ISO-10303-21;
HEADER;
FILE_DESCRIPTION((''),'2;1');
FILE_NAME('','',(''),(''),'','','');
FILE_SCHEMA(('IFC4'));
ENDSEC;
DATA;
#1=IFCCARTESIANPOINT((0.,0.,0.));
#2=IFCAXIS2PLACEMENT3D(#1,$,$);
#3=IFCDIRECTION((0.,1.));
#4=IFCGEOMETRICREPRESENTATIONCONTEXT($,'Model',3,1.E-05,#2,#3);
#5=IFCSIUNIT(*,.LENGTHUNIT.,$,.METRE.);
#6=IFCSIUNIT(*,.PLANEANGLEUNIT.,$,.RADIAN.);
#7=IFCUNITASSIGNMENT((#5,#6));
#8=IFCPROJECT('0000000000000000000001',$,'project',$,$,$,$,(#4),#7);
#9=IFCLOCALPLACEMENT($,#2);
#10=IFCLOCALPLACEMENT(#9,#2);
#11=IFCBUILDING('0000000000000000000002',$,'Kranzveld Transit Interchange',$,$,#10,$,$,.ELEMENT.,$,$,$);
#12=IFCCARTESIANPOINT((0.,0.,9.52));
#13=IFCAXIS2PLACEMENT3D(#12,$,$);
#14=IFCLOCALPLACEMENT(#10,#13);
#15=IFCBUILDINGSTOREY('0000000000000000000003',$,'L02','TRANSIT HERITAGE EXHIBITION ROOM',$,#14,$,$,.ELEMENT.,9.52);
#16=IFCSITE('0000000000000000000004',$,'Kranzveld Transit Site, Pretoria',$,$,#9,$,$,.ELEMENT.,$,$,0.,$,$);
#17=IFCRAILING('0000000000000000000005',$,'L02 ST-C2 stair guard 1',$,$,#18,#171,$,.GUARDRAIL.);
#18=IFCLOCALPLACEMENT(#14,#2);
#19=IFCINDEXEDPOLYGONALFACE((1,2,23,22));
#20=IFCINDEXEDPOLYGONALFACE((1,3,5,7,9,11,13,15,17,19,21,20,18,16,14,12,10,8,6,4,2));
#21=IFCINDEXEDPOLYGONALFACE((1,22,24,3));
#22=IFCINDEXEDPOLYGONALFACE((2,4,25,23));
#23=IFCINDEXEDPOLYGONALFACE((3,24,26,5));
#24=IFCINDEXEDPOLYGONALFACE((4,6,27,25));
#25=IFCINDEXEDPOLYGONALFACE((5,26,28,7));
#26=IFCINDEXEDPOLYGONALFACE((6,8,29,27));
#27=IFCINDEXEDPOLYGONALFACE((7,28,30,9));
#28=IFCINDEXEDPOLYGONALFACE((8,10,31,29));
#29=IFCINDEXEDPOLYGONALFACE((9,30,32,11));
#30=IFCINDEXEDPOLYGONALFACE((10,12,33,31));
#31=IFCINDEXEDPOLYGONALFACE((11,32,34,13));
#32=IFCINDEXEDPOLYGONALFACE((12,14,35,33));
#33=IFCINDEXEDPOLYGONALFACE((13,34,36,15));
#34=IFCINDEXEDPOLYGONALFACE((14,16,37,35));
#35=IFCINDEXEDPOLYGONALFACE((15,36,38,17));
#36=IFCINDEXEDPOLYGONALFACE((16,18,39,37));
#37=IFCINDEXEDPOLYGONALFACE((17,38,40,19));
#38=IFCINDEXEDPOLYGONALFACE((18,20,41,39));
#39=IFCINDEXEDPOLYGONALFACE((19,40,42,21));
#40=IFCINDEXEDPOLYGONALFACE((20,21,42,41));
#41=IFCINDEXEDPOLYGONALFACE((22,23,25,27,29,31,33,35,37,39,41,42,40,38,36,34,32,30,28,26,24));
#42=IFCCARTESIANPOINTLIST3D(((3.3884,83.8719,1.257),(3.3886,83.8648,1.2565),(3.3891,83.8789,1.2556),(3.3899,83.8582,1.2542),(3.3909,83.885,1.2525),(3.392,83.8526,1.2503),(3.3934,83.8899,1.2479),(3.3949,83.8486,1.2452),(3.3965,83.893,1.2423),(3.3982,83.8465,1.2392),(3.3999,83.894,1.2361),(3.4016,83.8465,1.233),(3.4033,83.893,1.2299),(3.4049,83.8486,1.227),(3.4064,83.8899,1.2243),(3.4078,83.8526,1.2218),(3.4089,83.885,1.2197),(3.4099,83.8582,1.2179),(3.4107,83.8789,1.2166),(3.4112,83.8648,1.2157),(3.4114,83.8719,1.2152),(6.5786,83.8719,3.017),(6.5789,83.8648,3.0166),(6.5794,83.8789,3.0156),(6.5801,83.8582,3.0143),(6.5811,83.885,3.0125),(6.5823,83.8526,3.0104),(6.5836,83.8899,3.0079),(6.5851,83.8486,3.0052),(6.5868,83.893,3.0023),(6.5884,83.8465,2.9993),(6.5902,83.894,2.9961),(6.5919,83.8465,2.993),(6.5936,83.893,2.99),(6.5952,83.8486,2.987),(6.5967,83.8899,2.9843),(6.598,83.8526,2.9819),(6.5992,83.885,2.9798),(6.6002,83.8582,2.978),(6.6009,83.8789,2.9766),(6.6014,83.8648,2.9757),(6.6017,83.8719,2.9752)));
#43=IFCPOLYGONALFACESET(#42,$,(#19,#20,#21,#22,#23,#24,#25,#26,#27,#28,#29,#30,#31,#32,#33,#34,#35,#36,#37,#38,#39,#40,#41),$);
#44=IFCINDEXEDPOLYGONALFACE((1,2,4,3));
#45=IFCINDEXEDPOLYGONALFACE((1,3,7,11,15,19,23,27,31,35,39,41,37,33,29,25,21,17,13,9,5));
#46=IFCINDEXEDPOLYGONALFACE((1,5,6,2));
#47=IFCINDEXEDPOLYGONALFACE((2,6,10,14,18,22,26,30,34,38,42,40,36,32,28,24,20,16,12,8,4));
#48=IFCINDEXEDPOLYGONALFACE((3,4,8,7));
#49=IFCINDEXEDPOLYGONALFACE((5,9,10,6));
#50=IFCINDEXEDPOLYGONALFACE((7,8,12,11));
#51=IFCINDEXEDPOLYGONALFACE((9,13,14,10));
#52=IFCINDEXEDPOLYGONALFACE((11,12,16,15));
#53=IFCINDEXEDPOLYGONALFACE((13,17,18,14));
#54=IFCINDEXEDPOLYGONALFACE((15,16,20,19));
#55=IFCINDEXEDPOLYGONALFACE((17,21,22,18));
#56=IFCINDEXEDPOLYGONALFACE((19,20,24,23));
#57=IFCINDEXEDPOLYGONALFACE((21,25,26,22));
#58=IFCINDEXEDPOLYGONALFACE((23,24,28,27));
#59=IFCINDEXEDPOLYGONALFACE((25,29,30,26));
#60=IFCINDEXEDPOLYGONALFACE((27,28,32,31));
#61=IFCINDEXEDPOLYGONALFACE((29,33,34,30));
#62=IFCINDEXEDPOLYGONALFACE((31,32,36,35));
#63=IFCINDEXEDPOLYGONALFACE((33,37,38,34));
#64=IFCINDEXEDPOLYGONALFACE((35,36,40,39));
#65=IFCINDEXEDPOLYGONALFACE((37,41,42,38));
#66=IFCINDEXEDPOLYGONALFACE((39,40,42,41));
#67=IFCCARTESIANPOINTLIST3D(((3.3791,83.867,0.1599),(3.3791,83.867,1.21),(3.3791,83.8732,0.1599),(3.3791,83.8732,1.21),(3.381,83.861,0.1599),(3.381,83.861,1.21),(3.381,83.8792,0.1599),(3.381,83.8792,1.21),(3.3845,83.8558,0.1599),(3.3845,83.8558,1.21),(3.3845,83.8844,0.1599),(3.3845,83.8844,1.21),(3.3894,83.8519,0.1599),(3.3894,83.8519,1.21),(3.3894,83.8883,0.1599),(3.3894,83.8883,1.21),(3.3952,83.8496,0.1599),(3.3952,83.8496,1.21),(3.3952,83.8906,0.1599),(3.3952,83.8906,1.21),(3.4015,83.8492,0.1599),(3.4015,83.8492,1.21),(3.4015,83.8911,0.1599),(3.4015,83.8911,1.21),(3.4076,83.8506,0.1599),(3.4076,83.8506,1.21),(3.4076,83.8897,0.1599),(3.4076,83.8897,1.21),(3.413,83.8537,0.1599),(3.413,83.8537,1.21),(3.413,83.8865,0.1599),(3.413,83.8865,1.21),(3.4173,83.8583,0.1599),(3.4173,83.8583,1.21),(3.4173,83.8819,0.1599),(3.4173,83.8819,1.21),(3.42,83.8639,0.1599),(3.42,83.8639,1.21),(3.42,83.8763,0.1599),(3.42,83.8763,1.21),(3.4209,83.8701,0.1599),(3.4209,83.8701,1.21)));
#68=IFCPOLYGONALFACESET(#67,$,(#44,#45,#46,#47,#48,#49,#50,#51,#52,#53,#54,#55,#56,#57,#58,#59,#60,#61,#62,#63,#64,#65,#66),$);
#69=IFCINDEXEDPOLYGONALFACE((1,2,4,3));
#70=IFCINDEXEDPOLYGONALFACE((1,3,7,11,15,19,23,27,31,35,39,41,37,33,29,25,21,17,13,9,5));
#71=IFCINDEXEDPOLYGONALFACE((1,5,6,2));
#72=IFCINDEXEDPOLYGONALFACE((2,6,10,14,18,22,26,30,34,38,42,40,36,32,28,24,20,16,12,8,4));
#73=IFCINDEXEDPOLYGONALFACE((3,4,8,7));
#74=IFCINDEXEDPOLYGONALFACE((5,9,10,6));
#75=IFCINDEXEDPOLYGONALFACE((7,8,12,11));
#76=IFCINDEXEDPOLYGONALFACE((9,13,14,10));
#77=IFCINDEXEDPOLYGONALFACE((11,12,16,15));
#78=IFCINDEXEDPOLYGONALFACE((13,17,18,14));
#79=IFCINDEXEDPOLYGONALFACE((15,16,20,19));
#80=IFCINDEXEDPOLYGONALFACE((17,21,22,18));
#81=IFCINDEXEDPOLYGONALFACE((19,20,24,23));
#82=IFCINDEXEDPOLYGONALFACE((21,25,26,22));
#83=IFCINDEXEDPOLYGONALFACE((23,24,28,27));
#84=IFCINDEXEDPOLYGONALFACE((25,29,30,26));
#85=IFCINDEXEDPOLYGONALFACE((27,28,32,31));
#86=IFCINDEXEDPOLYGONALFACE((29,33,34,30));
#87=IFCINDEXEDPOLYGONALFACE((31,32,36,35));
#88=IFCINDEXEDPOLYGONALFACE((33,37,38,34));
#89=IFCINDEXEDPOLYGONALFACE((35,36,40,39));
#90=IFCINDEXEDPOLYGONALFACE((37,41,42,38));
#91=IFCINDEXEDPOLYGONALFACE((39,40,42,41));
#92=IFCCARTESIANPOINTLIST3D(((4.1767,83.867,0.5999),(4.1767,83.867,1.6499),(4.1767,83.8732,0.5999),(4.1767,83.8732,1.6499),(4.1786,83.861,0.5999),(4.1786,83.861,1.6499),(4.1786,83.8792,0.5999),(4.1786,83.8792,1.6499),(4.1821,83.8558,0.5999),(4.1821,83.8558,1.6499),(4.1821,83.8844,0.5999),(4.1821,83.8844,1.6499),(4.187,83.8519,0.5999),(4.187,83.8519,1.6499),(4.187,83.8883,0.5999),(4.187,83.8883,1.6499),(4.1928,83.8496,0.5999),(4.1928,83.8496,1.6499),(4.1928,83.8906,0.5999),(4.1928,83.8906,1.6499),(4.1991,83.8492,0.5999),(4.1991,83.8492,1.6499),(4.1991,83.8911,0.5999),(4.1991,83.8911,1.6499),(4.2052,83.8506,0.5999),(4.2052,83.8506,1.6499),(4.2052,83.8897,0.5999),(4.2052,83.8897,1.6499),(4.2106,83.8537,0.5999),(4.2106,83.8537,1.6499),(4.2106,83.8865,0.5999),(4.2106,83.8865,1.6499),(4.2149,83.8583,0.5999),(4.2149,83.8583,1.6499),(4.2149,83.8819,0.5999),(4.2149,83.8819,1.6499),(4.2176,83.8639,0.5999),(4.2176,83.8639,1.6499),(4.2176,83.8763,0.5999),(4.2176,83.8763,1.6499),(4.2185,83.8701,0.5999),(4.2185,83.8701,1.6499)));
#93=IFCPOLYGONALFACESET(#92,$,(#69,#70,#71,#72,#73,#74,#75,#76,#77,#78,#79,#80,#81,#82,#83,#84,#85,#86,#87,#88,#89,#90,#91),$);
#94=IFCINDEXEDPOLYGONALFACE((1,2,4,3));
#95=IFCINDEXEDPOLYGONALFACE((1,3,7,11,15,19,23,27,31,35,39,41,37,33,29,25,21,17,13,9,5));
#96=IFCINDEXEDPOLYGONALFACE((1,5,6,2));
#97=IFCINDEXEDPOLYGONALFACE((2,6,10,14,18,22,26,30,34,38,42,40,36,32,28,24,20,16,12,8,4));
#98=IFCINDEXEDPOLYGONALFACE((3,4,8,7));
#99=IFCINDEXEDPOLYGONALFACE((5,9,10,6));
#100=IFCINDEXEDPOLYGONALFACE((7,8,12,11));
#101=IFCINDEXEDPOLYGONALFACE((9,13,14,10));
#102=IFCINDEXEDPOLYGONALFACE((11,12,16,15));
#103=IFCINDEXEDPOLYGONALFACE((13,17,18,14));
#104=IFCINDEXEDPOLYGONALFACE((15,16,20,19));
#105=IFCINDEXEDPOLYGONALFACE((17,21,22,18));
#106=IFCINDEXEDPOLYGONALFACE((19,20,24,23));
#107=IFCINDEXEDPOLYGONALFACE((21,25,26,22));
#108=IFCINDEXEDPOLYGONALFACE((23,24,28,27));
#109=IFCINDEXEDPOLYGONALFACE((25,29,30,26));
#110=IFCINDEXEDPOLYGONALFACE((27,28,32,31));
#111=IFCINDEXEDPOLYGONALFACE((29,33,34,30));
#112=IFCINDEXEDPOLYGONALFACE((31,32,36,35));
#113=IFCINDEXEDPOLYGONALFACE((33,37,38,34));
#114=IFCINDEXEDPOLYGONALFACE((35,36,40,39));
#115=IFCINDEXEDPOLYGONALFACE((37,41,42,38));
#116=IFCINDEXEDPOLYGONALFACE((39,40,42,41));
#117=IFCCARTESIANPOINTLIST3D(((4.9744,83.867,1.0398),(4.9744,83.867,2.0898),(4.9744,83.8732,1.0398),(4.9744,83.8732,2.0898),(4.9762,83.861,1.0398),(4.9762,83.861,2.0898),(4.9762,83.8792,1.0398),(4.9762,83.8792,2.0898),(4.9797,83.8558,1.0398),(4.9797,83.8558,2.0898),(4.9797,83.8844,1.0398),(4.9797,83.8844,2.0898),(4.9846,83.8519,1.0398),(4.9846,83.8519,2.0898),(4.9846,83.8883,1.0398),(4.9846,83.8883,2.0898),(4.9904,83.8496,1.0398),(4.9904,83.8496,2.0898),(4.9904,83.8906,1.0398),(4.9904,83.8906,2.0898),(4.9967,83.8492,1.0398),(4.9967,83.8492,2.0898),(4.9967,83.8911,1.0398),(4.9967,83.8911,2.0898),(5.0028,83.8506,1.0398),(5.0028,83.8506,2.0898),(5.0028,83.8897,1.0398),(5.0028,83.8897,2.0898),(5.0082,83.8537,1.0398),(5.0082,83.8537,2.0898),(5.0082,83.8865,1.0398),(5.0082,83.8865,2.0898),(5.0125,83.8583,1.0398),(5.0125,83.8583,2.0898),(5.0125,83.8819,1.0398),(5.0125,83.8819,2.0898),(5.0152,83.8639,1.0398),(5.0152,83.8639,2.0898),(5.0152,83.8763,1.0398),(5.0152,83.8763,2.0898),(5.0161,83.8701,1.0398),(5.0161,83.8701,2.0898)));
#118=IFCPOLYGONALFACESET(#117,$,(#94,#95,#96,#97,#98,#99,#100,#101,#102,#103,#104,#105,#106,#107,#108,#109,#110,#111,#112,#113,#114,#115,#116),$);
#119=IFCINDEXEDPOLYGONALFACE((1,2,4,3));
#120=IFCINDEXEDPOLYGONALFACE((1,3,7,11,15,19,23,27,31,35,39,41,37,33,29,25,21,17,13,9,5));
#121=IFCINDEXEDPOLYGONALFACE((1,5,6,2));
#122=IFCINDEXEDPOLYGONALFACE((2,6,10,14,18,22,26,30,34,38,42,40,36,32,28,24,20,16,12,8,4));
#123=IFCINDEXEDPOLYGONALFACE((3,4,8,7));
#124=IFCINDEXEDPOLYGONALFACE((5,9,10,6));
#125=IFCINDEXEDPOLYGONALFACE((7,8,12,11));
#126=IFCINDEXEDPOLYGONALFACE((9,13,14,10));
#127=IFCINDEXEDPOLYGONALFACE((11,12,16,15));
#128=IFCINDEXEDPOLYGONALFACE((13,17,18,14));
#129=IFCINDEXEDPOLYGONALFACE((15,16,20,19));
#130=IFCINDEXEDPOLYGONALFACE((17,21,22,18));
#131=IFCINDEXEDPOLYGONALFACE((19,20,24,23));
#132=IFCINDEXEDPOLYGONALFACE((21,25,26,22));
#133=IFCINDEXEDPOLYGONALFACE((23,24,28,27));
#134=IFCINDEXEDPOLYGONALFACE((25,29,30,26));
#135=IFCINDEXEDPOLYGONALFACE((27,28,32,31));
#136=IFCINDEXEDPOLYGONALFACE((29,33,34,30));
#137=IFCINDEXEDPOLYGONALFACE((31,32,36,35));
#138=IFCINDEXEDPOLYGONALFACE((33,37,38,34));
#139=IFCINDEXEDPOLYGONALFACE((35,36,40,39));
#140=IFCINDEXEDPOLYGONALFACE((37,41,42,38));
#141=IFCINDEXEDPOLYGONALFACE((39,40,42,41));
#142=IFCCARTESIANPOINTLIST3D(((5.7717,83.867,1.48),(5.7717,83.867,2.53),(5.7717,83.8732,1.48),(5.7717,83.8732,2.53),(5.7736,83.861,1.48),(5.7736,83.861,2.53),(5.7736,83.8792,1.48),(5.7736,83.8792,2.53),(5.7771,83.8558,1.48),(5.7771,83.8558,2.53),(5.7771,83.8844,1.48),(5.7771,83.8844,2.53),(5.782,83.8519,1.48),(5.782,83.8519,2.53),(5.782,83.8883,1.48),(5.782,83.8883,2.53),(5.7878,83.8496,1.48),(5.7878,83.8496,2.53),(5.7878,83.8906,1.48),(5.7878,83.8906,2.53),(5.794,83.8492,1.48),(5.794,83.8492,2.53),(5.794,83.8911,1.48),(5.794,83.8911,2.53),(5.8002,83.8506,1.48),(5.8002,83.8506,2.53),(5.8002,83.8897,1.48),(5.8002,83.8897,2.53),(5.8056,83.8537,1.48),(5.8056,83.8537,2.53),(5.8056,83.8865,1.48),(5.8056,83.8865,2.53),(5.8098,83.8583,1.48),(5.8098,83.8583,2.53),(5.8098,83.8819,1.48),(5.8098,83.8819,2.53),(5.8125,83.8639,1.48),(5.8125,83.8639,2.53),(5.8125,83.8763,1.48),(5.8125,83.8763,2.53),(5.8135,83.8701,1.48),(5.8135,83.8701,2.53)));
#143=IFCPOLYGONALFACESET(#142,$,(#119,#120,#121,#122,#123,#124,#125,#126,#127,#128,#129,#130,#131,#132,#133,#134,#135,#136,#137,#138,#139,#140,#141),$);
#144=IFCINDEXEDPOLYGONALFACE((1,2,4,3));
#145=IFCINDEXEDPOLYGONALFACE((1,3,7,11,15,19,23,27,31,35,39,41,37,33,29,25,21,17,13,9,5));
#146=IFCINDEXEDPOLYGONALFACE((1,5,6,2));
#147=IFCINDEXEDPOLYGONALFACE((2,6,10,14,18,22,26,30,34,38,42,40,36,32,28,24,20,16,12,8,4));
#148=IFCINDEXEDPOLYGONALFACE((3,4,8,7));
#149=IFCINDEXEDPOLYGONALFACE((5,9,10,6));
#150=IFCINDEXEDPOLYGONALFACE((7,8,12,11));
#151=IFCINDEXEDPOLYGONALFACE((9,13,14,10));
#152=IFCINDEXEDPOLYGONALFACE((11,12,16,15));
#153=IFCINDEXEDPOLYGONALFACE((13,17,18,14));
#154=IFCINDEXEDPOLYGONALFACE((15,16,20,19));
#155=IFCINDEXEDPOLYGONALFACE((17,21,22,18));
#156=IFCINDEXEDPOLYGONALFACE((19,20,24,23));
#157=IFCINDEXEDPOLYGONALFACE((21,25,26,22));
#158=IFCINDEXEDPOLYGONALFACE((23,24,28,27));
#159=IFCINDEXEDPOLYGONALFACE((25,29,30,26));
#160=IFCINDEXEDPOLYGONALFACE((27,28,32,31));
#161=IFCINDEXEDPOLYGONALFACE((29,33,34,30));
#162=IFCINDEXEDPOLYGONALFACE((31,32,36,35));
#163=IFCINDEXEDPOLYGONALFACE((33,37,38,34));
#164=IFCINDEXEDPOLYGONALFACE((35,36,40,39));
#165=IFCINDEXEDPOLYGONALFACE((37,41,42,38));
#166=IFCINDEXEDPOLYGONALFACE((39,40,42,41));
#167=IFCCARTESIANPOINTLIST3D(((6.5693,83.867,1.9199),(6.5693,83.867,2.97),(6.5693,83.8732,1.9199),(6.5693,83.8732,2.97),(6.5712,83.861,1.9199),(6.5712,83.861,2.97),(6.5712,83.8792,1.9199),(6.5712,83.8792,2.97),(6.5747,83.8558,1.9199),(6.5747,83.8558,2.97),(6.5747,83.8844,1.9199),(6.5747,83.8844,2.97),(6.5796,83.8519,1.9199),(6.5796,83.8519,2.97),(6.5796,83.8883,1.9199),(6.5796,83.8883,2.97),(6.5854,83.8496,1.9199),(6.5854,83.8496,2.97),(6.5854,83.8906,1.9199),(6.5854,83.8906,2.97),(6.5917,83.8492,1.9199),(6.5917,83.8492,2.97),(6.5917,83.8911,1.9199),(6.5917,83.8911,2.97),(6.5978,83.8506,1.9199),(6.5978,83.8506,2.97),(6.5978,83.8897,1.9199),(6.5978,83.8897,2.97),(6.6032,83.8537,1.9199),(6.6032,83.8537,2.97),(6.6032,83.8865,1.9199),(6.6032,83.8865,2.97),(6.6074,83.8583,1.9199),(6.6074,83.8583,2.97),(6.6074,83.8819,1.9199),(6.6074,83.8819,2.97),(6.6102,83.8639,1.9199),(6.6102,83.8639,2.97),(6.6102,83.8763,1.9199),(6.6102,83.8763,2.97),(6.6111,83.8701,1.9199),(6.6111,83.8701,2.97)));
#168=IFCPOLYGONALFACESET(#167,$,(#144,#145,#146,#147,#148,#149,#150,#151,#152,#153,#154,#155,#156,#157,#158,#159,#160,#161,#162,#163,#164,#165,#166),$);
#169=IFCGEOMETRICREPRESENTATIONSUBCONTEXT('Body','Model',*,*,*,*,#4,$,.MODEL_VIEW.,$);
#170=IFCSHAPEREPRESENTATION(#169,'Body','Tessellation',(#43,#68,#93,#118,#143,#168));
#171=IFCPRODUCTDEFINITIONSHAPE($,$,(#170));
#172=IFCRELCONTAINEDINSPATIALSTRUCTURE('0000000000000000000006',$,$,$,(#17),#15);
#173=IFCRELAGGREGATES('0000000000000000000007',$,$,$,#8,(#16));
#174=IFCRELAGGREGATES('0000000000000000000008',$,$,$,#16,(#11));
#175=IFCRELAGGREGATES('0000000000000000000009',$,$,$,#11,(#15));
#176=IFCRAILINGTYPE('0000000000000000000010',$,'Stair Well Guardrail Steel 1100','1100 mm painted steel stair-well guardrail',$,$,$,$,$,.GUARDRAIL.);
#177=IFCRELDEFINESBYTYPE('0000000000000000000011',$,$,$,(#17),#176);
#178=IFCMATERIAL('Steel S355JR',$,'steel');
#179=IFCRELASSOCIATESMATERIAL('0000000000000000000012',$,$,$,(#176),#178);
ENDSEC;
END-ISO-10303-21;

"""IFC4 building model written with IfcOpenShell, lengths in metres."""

from ifc_helpers import new_model, si_unit, direction, frame, origin, origin_2d, place, context, subcontext, project, spatial, circle, extrude, material, type_object, element, save


model = new_model("IFC4")

# Units and contexts
model_context = context("Model", 3, precision=1e-05, world=origin(), true_north=direction((0.0, 1.0)))
body_context = subcontext(model_context, "Body", "Model", "MODEL_VIEW")
ifc_project = project(units=[si_unit("LENGTHUNIT", "METRE"), si_unit("PLANEANGLEUNIT", "RADIAN")], contexts=[model_context])

# Site, building, storey
site_placement = place(None, origin())
site = spatial("IfcSite", under=ifc_project, at=site_placement, Name="Kranzveld Transit Site, Pretoria", CompositionType="ELEMENT", RefElevation=0.0)
building_placement = place(site_placement, origin())
building = spatial("IfcBuilding", under=site, at=building_placement, Name="Kranzveld Transit Interchange", CompositionType="ELEMENT")
storey_placement = place(building_placement, frame((0.0, 0.0, 9.52)))
storey = spatial("IfcBuildingStorey", under=building, at=storey_placement, Name="L02", Description="TRANSIT HERITAGE EXHIBITION ROOM", CompositionType="ELEMENT", Elevation=9.52)

# Railing
ifc_material_1 = material(Name="Steel S355JR", Category="steel")
railing_type_1 = type_object("IfcRailingType", Name="Stair Well Guardrail Steel 1100", Description="1100 mm painted steel stair-well guardrail", PredefinedType="GUARDRAIL", material=ifc_material_1)
railing_1_placement = place(storey_placement, frame((3.3999, 83.8701, 0.1599)))
element("IfcRailing", 1, at=railing_1_placement, inside=storey, type_object=railing_type_1, Name="L02 ST-C2 stair guard 1", PredefinedType="GUARDRAIL", context=body_context, shape_type="SweptSolid", body=[
    extrude(circle(Radius=0.0239, at=origin_2d()), frame((0.0, 0.0, 1.0762), z_axis=(0.875588, 0.0, 0.483058), x_axis=(0.0, 1.0, 0.0)), (0.0, 0.0, 1.0), 3.6436),
    extrude(circle(Radius=0.021, at=origin_2d()), origin(), (0.0, 0.0, 1.0), 1.05),
    extrude(circle(Radius=0.021, at=origin_2d()), frame((0.7976, 0.0, 0.4399)), (0.0, 0.0, 1.0), 1.05),
    extrude(circle(Radius=0.021, at=origin_2d()), frame((1.5952, 0.0, 0.8799)), (0.0, 0.0, 1.0), 1.05),
    extrude(circle(Radius=0.021, at=origin_2d()), frame((2.3926, 0.0, 1.3201)), (0.0, 0.0, 1.0), 1.05),
    extrude(circle(Radius=0.021, at=origin_2d()), frame((3.1902, 0.0, 1.76)), (0.0, 0.0, 1.0), 1.05),
])

save(model, "model.ifc")
